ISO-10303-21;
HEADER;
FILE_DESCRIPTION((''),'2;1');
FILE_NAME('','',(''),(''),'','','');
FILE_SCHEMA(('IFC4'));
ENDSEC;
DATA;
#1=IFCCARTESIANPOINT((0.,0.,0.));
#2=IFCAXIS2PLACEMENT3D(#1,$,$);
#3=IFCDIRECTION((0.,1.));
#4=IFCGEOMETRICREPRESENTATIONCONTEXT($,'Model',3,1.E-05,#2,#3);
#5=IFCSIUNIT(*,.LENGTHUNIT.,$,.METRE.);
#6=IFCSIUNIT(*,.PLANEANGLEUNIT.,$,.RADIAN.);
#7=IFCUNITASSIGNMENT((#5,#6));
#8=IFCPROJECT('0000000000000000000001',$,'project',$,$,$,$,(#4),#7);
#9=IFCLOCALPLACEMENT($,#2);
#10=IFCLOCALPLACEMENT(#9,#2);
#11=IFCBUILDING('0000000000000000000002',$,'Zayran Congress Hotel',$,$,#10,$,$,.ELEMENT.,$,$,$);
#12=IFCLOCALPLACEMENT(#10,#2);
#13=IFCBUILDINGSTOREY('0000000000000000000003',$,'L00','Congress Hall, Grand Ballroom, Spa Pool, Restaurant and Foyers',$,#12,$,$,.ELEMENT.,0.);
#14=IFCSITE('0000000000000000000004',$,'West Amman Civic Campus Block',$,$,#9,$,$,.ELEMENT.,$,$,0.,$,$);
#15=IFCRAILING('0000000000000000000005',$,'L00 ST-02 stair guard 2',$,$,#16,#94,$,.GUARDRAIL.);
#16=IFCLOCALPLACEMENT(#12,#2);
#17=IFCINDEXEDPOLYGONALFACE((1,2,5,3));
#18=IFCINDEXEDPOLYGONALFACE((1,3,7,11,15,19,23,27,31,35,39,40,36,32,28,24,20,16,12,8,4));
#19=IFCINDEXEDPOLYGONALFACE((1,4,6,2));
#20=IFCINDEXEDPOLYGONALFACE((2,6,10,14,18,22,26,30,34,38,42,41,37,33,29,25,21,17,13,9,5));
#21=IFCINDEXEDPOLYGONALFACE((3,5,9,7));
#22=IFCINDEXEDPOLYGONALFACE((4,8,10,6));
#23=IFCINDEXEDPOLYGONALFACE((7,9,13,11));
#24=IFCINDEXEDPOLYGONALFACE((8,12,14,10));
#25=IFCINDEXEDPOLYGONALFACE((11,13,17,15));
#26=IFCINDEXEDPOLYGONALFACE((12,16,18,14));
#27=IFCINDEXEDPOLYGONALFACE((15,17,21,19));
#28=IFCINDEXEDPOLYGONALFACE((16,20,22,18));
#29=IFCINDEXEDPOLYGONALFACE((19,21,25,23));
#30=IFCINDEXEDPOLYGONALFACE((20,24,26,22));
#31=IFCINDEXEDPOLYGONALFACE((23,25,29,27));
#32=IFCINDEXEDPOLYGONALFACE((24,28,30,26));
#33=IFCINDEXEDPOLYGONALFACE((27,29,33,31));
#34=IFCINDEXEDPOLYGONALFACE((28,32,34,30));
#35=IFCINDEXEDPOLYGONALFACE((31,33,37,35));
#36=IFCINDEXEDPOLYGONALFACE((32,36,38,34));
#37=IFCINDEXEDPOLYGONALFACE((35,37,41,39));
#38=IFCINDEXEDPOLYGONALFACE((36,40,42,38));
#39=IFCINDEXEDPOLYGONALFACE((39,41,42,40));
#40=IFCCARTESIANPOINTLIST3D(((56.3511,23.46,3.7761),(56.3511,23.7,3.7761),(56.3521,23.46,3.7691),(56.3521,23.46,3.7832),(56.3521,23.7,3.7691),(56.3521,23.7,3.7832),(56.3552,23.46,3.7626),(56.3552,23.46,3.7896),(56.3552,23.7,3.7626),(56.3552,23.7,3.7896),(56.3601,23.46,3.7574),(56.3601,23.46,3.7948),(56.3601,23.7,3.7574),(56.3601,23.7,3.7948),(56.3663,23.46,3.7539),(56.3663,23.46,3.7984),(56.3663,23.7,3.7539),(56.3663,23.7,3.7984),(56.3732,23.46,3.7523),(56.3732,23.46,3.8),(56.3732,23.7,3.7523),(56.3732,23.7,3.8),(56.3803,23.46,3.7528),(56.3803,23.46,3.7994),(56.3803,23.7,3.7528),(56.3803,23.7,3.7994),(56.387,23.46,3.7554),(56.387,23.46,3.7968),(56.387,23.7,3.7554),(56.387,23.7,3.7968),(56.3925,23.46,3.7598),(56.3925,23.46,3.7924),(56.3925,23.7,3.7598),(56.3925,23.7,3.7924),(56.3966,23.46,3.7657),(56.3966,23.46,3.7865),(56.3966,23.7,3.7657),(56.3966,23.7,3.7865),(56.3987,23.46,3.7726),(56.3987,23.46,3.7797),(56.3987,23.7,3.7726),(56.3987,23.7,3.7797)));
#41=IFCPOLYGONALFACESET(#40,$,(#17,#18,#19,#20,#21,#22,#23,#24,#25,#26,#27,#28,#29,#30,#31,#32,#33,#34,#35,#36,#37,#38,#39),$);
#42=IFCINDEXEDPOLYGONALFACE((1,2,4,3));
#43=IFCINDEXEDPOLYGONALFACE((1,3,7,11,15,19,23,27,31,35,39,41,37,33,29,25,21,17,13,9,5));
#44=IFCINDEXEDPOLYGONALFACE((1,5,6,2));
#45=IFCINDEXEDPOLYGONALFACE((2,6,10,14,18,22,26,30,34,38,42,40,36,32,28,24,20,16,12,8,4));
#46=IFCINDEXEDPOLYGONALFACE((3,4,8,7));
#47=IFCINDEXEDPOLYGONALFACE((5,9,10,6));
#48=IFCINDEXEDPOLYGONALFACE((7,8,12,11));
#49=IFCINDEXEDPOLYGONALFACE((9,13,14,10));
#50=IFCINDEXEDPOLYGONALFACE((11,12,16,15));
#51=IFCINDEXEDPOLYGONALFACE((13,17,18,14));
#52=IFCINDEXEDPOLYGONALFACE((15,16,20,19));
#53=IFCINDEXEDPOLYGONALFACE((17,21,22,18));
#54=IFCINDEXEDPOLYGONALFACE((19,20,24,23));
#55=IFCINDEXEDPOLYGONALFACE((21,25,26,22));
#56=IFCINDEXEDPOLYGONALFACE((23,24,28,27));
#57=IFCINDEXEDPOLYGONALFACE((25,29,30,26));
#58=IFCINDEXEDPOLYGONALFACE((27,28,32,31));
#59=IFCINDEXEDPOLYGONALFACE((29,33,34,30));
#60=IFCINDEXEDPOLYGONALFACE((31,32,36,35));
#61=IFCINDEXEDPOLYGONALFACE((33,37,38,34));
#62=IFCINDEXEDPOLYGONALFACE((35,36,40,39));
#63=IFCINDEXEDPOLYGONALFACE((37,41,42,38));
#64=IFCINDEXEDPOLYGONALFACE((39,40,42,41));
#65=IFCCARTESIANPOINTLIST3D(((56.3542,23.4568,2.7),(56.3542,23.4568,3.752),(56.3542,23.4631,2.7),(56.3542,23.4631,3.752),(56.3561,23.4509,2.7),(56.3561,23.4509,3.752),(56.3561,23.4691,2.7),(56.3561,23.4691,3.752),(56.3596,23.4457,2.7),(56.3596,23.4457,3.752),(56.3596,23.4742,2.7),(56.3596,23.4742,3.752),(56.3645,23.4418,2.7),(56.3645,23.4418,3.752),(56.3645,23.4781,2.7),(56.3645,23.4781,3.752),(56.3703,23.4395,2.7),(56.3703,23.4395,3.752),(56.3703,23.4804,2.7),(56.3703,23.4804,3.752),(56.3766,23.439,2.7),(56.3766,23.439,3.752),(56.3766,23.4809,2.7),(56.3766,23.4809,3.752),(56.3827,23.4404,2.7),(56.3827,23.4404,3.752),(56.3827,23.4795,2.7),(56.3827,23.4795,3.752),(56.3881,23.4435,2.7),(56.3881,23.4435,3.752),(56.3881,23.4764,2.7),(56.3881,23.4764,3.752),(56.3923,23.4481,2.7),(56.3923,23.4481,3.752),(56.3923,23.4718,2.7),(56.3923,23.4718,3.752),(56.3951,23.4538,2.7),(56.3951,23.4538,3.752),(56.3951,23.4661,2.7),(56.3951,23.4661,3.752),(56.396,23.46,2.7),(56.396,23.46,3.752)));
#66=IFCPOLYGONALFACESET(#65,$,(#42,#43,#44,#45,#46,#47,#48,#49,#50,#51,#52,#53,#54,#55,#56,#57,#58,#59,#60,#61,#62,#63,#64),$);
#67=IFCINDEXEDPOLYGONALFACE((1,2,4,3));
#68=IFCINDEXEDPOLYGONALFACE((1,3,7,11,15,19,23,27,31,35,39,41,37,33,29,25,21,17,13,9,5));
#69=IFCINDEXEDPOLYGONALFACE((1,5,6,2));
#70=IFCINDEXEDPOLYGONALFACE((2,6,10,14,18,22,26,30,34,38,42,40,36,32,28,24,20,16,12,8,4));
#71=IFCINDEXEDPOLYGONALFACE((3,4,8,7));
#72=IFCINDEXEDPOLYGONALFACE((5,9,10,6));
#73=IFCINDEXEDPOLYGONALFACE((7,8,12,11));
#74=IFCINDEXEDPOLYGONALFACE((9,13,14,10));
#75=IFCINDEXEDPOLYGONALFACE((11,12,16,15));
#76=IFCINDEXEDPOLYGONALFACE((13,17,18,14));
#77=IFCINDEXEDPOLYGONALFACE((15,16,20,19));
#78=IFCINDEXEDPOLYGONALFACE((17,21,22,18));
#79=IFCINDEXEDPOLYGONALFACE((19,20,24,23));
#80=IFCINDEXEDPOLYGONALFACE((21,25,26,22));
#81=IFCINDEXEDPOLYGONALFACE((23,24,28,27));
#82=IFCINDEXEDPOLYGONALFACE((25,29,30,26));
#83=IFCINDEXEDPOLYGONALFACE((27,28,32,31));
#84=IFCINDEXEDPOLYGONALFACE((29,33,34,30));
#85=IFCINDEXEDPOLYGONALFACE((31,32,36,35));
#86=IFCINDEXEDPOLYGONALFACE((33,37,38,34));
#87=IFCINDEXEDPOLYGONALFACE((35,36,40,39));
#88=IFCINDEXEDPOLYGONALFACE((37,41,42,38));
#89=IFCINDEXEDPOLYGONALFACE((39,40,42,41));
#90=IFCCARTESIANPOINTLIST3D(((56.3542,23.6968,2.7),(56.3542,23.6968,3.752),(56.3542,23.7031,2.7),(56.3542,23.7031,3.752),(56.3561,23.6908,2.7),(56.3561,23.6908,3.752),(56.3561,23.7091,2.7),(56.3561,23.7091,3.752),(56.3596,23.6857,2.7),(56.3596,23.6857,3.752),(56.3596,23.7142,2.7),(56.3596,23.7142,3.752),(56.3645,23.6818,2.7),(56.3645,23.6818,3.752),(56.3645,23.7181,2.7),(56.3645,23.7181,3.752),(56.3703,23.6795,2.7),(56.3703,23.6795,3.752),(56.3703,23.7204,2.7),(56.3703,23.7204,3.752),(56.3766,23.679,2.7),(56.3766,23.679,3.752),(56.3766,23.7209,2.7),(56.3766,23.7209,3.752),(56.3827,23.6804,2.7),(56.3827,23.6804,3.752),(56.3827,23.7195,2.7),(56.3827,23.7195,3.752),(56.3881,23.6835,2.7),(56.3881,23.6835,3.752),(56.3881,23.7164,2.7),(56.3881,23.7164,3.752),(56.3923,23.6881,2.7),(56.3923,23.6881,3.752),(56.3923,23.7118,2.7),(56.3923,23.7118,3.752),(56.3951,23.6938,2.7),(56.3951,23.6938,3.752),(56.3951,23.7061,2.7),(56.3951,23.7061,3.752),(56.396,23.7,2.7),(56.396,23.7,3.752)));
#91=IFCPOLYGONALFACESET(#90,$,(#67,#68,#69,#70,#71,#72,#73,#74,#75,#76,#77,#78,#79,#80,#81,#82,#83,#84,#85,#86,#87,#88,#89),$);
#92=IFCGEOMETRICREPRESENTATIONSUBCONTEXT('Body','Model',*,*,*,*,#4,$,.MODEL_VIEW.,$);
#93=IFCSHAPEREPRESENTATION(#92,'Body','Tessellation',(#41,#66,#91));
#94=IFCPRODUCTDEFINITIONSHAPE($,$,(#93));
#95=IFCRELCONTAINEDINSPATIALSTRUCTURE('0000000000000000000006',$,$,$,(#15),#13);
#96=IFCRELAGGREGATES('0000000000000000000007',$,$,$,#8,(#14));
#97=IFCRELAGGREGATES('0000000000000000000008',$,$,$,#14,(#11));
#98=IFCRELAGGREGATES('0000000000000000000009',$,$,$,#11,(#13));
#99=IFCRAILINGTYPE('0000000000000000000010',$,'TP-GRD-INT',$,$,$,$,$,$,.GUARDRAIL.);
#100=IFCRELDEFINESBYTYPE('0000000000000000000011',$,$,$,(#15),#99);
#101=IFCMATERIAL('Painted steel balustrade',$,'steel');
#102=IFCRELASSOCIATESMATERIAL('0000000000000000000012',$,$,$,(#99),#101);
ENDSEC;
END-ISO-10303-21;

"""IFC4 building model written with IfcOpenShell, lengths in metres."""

from ifc_helpers import new_model, si_unit, direction, frame, origin, origin_2d, place, context, subcontext, project, spatial, circle, extrude, material, type_object, element, save


model = new_model("IFC4")

# Units and contexts
model_context = context("Model", 3, precision=1e-05, world=origin(), true_north=direction((0.0, 1.0)))
body_context = subcontext(model_context, "Body", "Model", "MODEL_VIEW")
ifc_project = project(units=[si_unit("LENGTHUNIT", "METRE"), si_unit("PLANEANGLEUNIT", "RADIAN")], contexts=[model_context])

# Site, building, storey
site_placement = place(None, origin())
site = spatial("IfcSite", under=ifc_project, at=site_placement, Name="West Amman Civic Campus Block", CompositionType="ELEMENT", RefElevation=0.0)
building_placement = place(site_placement, origin())
building = spatial("IfcBuilding", under=site, at=building_placement, Name="Zayran Congress Hotel", CompositionType="ELEMENT")
storey_placement = place(building_placement, origin())
storey = spatial("IfcBuildingStorey", under=building, at=storey_placement, Name="L00", Description="Congress Hall, Grand Ballroom, Spa Pool, Restaurant and Foyers", CompositionType="ELEMENT", Elevation=0.0)

# Railing
ifc_material_1 = material(Name="Painted steel balustrade", Category="steel")
railing_type_1 = type_object("IfcRailingType", Name="TP-GRD-INT", PredefinedType="GUARDRAIL", material=ifc_material_1)
railing_1_placement = place(storey_placement, frame((56.375, 23.46, 2.7)))
element("IfcRailing", 1, at=railing_1_placement, inside=storey, type_object=railing_type_1, Name="L00 ST-02 stair guard 2", PredefinedType="GUARDRAIL", context=body_context, shape_type="SweptSolid", body=[
    extrude(circle(Radius=0.0239, at=origin_2d()), frame((0.0, 0.0, 1.0762), z_axis=(0.0, 1.0, 0.0), x_axis=(-1.0, 0.0, 0.0)), (0.0, 0.0, 1.0), 0.24),
    extrude(circle(Radius=0.021, at=origin_2d()), origin(), (0.0, 0.0, 1.0), 1.052),
    extrude(circle(Radius=0.021, at=origin_2d()), frame((0.0, 0.24, 0.0)), (0.0, 0.0, 1.0), 1.052),
])

save(model, "model.ifc")
